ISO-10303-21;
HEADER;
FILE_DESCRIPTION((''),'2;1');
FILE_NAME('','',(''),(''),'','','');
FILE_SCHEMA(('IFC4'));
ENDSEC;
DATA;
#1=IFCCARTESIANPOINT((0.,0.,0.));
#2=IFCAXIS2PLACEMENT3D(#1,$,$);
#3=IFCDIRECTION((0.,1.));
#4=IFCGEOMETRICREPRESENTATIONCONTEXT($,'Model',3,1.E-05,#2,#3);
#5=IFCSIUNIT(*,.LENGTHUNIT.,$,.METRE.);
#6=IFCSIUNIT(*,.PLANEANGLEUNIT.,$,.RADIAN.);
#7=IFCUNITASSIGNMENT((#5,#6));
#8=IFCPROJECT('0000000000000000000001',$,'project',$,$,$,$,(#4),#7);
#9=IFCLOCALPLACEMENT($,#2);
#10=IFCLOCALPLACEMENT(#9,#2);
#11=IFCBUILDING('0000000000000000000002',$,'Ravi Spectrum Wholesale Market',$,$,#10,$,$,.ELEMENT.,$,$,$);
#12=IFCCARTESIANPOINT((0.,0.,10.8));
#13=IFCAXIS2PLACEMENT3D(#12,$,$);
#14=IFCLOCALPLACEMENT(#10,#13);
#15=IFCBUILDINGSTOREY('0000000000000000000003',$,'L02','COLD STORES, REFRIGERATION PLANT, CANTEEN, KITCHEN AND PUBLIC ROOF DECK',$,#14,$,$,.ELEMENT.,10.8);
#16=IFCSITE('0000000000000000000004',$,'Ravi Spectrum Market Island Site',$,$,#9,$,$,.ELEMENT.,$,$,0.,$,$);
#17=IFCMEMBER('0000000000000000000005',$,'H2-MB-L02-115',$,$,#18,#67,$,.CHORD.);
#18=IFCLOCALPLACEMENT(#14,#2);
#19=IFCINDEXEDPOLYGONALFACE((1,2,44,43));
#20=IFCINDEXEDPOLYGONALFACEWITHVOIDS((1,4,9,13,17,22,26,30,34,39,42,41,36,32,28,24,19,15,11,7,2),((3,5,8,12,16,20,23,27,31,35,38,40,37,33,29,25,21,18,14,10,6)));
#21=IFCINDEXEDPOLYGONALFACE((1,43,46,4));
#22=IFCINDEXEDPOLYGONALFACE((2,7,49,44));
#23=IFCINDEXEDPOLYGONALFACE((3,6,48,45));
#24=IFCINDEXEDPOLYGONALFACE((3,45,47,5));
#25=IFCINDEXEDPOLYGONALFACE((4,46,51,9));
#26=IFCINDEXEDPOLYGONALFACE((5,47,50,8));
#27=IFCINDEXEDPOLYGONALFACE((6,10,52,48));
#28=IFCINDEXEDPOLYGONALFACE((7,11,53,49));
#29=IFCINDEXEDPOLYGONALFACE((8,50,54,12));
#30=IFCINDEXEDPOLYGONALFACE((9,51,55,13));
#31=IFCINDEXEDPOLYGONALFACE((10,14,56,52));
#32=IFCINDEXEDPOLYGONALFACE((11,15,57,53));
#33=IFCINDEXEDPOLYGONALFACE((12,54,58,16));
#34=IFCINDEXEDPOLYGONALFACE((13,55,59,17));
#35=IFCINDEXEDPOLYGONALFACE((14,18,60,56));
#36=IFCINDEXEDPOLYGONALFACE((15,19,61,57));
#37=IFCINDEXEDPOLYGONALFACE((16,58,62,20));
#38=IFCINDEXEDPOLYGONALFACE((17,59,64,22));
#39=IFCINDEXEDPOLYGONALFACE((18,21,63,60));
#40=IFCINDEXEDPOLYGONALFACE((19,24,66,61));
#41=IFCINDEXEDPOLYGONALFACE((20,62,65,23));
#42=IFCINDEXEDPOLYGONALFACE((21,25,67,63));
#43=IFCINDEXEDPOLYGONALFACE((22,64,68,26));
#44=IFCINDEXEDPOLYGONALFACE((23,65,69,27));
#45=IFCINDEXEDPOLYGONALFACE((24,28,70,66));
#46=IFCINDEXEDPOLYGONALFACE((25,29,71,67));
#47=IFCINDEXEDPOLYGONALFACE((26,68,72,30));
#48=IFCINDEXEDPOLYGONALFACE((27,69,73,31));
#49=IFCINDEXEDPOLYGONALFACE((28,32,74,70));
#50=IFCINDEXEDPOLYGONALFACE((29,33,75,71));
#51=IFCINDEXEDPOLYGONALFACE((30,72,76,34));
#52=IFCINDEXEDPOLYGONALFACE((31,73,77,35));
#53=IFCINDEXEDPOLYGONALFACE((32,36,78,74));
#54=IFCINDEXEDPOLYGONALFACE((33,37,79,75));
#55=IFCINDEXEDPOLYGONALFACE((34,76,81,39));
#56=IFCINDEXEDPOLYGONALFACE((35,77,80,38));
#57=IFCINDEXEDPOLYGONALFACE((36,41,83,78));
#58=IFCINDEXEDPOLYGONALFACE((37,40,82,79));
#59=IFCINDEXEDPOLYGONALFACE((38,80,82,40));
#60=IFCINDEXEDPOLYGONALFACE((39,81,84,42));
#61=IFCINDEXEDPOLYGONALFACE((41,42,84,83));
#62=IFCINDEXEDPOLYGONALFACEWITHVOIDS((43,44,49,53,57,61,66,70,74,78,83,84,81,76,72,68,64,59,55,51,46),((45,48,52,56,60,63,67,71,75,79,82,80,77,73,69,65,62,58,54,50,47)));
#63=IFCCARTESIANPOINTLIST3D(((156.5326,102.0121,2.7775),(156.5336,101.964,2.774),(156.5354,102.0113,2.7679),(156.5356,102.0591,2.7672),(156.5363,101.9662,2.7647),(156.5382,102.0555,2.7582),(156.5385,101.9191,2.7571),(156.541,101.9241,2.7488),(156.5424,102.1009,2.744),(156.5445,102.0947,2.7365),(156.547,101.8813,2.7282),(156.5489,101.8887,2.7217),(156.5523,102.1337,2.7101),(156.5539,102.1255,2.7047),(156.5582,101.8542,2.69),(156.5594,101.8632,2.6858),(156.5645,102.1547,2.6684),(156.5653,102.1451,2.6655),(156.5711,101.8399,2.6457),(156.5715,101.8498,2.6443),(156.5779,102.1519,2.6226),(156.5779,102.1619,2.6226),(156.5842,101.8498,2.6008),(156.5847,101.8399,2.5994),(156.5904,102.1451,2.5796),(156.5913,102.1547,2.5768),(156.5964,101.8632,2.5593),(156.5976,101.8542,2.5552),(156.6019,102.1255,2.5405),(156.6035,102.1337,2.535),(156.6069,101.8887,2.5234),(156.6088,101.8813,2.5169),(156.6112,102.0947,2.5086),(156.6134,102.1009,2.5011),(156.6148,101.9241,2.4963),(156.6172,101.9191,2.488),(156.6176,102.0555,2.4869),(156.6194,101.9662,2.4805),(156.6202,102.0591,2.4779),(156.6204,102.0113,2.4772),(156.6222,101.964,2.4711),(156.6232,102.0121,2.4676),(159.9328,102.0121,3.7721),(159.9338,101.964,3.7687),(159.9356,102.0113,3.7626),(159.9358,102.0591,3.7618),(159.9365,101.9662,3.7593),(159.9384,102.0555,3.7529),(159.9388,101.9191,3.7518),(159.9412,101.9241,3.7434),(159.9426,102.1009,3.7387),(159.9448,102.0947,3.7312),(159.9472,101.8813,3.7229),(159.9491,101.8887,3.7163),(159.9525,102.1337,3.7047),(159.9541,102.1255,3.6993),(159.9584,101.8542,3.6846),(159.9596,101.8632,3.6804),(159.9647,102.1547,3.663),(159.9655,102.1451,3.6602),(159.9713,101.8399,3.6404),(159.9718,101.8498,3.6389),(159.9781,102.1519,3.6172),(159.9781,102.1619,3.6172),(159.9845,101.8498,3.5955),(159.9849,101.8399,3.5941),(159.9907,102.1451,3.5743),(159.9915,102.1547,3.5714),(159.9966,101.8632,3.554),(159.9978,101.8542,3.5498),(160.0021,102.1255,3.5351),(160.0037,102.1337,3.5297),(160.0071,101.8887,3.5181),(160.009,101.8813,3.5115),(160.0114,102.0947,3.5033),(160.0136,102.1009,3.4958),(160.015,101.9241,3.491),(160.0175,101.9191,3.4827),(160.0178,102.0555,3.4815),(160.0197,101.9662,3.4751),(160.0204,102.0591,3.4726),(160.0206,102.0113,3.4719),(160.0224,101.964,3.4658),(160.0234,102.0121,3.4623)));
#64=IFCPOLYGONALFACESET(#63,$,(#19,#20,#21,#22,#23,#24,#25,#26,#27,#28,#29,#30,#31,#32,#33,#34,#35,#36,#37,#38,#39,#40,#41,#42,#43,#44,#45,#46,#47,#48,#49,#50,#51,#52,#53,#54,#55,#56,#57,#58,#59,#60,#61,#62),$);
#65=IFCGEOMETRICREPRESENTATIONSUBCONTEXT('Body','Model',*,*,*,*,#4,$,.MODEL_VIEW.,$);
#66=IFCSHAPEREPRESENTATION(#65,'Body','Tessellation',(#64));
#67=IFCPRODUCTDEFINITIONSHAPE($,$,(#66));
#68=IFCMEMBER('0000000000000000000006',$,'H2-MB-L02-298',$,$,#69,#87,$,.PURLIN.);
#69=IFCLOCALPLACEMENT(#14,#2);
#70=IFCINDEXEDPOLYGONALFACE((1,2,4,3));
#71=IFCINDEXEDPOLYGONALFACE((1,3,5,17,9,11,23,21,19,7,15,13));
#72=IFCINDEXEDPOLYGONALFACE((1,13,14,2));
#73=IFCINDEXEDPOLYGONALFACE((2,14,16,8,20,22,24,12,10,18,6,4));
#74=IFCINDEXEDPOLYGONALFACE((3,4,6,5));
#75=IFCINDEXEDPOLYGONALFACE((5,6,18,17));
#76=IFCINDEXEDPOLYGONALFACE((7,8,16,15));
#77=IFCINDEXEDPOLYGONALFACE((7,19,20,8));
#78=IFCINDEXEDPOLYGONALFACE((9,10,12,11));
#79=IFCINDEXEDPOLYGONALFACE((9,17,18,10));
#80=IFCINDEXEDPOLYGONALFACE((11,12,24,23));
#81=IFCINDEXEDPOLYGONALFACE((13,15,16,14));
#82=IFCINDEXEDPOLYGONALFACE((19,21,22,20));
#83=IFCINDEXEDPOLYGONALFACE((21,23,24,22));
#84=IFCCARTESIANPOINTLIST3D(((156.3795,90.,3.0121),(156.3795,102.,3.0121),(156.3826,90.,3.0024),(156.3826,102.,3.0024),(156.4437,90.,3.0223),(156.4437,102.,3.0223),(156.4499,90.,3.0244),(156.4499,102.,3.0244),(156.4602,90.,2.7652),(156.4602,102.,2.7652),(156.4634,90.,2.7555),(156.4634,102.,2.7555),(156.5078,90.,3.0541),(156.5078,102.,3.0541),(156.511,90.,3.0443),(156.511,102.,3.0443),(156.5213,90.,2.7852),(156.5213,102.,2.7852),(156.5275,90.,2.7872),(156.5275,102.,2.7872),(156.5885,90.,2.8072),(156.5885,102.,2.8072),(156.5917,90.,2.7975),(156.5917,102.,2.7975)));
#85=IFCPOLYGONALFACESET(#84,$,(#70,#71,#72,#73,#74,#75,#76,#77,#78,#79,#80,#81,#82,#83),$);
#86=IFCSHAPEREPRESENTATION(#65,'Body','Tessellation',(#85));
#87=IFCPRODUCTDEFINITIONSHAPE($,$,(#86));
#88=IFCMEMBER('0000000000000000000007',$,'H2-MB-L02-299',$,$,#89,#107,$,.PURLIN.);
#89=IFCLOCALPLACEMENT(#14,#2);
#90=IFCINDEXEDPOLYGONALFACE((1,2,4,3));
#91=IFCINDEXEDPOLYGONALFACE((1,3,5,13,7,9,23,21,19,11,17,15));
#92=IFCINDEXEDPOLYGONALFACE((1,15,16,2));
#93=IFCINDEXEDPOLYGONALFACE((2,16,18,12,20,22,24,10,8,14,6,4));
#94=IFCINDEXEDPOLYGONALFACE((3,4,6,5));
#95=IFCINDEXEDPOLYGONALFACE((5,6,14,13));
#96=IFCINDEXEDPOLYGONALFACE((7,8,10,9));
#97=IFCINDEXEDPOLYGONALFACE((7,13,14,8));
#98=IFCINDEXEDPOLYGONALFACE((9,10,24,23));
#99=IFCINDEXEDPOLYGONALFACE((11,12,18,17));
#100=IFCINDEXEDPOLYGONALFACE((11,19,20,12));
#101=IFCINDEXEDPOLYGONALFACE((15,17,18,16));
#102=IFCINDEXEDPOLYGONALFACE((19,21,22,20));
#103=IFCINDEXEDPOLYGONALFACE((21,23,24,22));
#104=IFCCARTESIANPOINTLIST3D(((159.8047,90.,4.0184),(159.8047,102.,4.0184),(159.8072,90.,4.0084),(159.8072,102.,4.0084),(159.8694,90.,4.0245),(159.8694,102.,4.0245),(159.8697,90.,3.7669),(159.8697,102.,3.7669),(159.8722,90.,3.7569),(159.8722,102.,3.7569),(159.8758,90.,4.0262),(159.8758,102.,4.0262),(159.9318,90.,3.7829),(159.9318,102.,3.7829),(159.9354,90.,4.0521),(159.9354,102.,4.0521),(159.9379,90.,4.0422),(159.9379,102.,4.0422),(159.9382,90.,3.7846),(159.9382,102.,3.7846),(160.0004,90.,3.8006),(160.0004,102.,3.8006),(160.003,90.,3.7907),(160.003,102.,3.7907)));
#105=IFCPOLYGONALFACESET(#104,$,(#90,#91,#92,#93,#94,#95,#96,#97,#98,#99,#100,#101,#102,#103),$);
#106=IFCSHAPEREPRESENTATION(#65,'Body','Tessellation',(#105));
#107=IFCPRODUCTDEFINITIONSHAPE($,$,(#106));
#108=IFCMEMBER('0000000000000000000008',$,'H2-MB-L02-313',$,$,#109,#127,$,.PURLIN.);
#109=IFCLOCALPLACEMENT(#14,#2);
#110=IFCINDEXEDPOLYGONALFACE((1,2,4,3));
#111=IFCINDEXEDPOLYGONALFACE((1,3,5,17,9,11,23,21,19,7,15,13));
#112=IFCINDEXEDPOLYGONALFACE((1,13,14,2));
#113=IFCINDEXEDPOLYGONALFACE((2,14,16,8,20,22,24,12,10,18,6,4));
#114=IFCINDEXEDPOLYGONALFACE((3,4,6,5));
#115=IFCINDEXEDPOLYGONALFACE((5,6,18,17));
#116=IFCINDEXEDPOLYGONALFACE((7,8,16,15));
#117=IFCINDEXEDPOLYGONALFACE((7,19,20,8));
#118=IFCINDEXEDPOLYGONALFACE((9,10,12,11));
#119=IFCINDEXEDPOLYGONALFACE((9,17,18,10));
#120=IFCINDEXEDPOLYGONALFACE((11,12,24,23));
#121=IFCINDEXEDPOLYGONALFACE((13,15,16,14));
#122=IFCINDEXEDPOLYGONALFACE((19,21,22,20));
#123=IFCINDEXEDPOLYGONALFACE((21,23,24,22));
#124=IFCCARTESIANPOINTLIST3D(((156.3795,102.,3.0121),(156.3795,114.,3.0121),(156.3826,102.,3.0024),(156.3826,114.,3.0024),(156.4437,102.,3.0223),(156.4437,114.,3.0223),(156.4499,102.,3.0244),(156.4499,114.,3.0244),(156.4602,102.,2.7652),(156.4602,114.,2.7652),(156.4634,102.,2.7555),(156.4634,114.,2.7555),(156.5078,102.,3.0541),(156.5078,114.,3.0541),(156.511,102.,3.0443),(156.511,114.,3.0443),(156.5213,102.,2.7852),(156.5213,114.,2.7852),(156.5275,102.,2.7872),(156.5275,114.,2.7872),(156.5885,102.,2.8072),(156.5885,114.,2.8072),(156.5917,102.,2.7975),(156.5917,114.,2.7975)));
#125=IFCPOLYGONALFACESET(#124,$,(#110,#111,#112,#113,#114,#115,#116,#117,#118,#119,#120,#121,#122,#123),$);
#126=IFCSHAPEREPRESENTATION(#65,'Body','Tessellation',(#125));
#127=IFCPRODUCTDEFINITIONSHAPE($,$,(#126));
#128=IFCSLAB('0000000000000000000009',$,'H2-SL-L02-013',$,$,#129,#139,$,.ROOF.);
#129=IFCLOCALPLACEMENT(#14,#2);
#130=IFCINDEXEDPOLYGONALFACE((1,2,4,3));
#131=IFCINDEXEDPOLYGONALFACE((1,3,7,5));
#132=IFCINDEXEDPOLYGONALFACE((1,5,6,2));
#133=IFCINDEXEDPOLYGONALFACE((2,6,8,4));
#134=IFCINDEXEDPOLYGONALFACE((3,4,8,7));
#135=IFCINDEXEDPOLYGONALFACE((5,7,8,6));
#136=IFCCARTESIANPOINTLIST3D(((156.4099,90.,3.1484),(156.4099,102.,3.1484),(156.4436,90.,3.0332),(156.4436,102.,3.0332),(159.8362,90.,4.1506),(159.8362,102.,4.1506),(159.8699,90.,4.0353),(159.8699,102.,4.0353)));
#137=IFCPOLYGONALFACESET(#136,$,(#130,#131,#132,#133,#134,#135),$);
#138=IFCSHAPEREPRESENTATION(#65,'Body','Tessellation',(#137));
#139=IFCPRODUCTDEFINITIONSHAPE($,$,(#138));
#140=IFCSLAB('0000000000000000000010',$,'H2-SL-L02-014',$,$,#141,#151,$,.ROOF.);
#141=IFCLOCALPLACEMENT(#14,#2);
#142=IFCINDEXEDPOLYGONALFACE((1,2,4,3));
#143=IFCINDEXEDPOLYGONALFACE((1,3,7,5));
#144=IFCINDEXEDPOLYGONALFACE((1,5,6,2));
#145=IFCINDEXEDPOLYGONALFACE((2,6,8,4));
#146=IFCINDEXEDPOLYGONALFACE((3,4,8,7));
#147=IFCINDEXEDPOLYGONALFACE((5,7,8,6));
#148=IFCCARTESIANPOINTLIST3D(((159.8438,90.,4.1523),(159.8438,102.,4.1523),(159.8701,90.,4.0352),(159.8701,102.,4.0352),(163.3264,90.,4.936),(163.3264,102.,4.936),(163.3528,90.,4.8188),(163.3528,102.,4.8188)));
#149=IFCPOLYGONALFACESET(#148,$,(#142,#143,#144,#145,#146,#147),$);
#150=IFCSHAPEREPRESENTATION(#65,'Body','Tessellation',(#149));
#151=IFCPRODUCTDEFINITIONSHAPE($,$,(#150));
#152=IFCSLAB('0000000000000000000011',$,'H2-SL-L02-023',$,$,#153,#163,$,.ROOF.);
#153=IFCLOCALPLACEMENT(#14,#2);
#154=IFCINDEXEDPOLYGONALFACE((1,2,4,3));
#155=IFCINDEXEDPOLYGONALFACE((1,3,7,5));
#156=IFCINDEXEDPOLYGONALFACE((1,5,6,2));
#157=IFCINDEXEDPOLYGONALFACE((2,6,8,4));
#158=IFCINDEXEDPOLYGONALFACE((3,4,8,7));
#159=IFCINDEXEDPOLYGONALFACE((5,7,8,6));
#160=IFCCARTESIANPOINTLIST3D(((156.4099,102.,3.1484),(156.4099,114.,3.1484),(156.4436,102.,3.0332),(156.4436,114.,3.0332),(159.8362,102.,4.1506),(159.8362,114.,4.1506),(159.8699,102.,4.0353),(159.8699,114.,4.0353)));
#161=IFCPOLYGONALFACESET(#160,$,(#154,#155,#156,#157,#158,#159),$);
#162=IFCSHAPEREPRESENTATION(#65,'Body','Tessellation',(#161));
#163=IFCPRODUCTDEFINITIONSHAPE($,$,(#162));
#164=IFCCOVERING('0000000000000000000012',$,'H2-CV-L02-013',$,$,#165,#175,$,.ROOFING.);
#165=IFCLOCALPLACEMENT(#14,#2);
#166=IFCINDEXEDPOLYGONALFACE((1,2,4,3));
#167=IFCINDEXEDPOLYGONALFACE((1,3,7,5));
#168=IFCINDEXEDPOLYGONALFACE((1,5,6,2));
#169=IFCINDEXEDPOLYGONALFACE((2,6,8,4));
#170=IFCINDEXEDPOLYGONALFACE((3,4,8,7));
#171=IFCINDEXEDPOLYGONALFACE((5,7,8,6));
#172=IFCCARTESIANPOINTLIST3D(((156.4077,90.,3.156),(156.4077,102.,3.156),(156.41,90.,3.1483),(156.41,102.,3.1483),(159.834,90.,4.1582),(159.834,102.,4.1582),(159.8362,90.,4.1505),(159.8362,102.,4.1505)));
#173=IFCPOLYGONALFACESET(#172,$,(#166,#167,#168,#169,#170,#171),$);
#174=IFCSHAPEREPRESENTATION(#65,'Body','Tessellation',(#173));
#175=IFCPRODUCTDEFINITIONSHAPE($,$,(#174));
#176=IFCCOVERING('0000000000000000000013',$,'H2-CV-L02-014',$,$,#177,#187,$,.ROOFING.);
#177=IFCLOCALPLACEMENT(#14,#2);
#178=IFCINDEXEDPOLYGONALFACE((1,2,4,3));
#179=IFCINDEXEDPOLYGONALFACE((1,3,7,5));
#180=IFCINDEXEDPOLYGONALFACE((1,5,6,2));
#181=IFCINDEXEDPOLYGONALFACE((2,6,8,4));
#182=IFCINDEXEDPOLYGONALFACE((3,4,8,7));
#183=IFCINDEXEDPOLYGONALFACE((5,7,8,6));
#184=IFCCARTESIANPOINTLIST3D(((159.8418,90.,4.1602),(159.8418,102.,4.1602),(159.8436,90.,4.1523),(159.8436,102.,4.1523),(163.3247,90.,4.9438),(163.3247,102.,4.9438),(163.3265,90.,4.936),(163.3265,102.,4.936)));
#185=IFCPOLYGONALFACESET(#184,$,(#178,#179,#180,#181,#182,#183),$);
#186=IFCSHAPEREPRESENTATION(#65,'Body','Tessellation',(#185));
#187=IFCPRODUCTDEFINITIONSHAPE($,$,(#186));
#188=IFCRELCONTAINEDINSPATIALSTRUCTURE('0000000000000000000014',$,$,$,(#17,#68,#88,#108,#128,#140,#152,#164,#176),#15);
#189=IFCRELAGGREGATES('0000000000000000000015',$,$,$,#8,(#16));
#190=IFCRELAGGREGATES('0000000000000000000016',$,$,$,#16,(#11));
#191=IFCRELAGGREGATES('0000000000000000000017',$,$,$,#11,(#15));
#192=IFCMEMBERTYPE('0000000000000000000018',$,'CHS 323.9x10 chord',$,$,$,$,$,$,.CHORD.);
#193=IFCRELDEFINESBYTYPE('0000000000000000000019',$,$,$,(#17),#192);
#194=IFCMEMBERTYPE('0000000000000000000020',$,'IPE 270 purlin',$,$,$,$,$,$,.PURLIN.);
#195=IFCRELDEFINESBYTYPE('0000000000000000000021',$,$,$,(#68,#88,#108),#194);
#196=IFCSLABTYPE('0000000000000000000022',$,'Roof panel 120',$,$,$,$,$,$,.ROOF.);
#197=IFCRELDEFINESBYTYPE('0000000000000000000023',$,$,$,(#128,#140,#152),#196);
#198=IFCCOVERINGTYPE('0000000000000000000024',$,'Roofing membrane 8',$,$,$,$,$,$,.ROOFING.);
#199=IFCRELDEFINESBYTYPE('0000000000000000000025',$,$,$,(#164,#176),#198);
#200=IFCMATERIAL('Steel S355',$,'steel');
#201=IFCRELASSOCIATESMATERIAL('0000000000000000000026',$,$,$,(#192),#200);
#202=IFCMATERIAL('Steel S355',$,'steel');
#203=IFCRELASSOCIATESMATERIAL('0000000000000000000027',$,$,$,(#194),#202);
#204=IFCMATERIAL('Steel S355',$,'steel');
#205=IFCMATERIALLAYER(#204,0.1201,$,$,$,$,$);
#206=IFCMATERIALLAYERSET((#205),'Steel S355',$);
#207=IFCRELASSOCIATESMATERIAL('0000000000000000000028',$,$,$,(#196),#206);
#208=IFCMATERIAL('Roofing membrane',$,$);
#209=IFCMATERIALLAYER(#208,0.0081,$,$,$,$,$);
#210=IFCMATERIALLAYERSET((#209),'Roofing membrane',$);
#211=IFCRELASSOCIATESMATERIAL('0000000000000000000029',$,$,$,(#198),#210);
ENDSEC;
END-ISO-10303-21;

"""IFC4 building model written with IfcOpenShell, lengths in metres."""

from ifc_helpers import new_model, si_unit, direction, frame, origin, origin_2d, place, context, subcontext, project, spatial, polyline, hollow_circle, i_section, outline, extrude, material, layer, layer_set, material_profile, profile_set, type_object, element, save


model = new_model("IFC4")

# Units and contexts
model_context = context("Model", 3, precision=1e-05, world=origin(), true_north=direction((0.0, 1.0)))
body_context = subcontext(model_context, "Body", "Model", "MODEL_VIEW")
ifc_project = project(units=[si_unit("LENGTHUNIT", "METRE"), si_unit("PLANEANGLEUNIT", "RADIAN")], contexts=[model_context])

# Site, building, storey
site_placement = place(None, origin())
site = spatial("IfcSite", under=ifc_project, at=site_placement, Name="Ravi Spectrum Market Island Site", CompositionType="ELEMENT", RefElevation=0.0)
building_placement = place(site_placement, origin())
building = spatial("IfcBuilding", under=site, at=building_placement, Name="Ravi Spectrum Wholesale Market", CompositionType="ELEMENT")
storey_placement = place(building_placement, frame((0.0, 0.0, 10.8)))
storey = spatial("IfcBuildingStorey", under=building, at=storey_placement, Name="L02", Description="COLD STORES, REFRIGERATION PLANT, CANTEEN, KITCHEN AND PUBLIC ROOF DECK", CompositionType="ELEMENT", Elevation=10.8)

# Members
ifc_material_1 = material(Name="Steel S355", Category="steel")
ifc_material_profile_1 = material_profile(ifc_material_1, hollow_circle(Radius=0.1619, WallThickness=0.01, at=origin_2d()))
ifc_profile_set_1 = profile_set([ifc_material_profile_1], Name="Steel S355")
member_type_1 = type_object("IfcMemberType", Name="CHS 323.9x10 chord", PredefinedType="CHORD", material=ifc_profile_set_1)
member_1_placement = place(storey_placement, frame((156.5779, 102.0, 2.6226), z_axis=(0.959778, 0.0, 0.280759), x_axis=(0.0, 1.0, 0.0)))
element("IfcMember", 1, at=member_1_placement, inside=storey, type_object=member_type_1, Name="H2-MB-L02-115", PredefinedType="CHORD", context=body_context, shape_type="SweptSolid", body=[
    extrude(hollow_circle(Radius=0.1619, WallThickness=0.01, at=origin_2d()), origin(), (0.0, 0.0, 1.0), 3.5427),
])
ifc_material_2 = material(Name="Steel S355", Category="steel")
ifc_material_profile_2 = material_profile(ifc_material_2, i_section(OverallWidth=0.135, OverallDepth=0.27, WebThickness=0.0066, FlangeThickness=0.0103, at=origin_2d()))
ifc_profile_set_2 = profile_set([ifc_material_profile_2], Name="Steel S355")
member_type_2 = type_object("IfcMemberType", Name="IPE 270 purlin", PredefinedType="PURLIN", material=ifc_profile_set_2)
for number, where, z_axis, x_axis, name in (
    (2, (156.4856, 90.0, 2.9048), (0.0, 1.0, 0.0), (-0.950435, 0.0, -0.310923), "H2-MB-L02-298"),
    (3, (159.9038, 90.0, 3.9045), (0.0, 1.0, 0.0), (-0.968183, 0.0, -0.250243), "H2-MB-L02-299"),
    (4, (156.4856, 102.0, 2.9048), (0.0, 1.0, 0.0), (-0.950435, 0.0, -0.310923), "H2-MB-L02-313"),
):
    element("IfcMember", number, at=place(storey_placement, frame(where, z_axis=z_axis, x_axis=x_axis)), inside=storey, type_object=member_type_2, Name=name, PredefinedType="PURLIN", context=body_context, shape_type="SweptSolid", body=[
        extrude(i_section(OverallWidth=0.135, OverallDepth=0.27, WebThickness=0.0066, FlangeThickness=0.0103, at=origin_2d()), origin(), (0.0, 0.0, 1.0), 12.0),
    ])

# Slabs
ifc_material_3 = material(Name="Steel S355", Category="steel")
ifc_layer_1 = layer(ifc_material_3, 0.1201)
ifc_layer_set_1 = layer_set([ifc_layer_1], Name="Steel S355")
slab_type = type_object("IfcSlabType", Name="Roof panel 120", PredefinedType="ROOF", material=ifc_layer_set_1)
slab_1_placement = place(storey_placement, frame((156.4099, 90.0, 3.1484), z_axis=(-0.28074, 0.0, 0.959784), x_axis=(0.959784, 0.0, 0.28074)))
element("IfcSlab", 5, at=slab_1_placement, inside=storey, type_object=slab_type, Name="H2-SL-L02-013", PredefinedType="ROOF", context=body_context, shape_type="SweptSolid", body=[
    extrude(outline(polyline([(0.0, 0.0), (3.5698, 0.0), (3.5698, 12.0), (0.0, 12.0), (0.0, 0.0)])), origin(), (0.0, 0.0, -1.0), 0.1201),
])
slab_2_placement = place(storey_placement, frame((159.8438, 90.0, 4.1523), z_axis=(-0.219537, 0.0, 0.975604), x_axis=(0.975604, 0.0, 0.219537)))
element("IfcSlab", 6, at=slab_2_placement, inside=storey, type_object=slab_type, Name="H2-SL-L02-014", PredefinedType="ROOF", context=body_context, shape_type="SweptSolid", body=[
    extrude(outline(polyline([(0.0, 0.0), (3.5698, 0.0), (3.5698, 12.0), (0.0, 12.0), (0.0, 0.0)])), origin(), (0.0, 0.0, -1.0), 0.1201),
])
slab_3_placement = place(storey_placement, frame((156.4099, 102.0, 3.1484), z_axis=(-0.28074, 0.0, 0.959784), x_axis=(0.959784, 0.0, 0.28074)))
element("IfcSlab", 7, at=slab_3_placement, inside=storey, type_object=slab_type, Name="H2-SL-L02-023", PredefinedType="ROOF", context=body_context, shape_type="SweptSolid", body=[
    extrude(outline(polyline([(0.0, 0.0), (3.5698, 0.0), (3.5698, 12.0), (0.0, 12.0), (0.0, 0.0)])), origin(), (0.0, 0.0, -1.0), 0.1201),
])

# Coverings
ifc_material_4 = material(Name="Roofing membrane")
ifc_layer_2 = layer(ifc_material_4, 0.0081)
ifc_layer_set_2 = layer_set([ifc_layer_2], Name="Roofing membrane")
covering_type = type_object("IfcCoveringType", Name="Roofing membrane 8", PredefinedType="ROOFING", material=ifc_layer_set_2)
covering_1_placement = place(storey_placement, frame((156.4077, 90.0, 3.156), z_axis=(-0.28074, 0.0, 0.959784), x_axis=(0.959784, 0.0, 0.28074)))
element("IfcCovering", 8, at=covering_1_placement, inside=storey, type_object=covering_type, Name="H2-CV-L02-013", PredefinedType="ROOFING", context=body_context, shape_type="SweptSolid", body=[
    extrude(outline(polyline([(0.0, 0.0), (3.5698, 0.0), (3.5698, 12.0), (0.0, 12.0), (0.0, 0.0)])), origin(), (0.0, 0.0, -1.0), 0.0081),
])
covering_2_placement = place(storey_placement, frame((159.8418, 90.0, 4.1602), z_axis=(-0.219522, 0.0, 0.975608), x_axis=(0.975608, 0.0, 0.219522)))
element("IfcCovering", 9, at=covering_2_placement, inside=storey, type_object=covering_type, Name="H2-CV-L02-014", PredefinedType="ROOFING", context=body_context, shape_type="SweptSolid", body=[
    extrude(outline(polyline([(0.0, 0.0), (3.57, 0.0), (3.57, 12.0), (0.0, 12.0), (0.0, 0.0)])), origin(), (0.0, 0.0, -1.0), 0.0081),
])

save(model, "model.ifc")
